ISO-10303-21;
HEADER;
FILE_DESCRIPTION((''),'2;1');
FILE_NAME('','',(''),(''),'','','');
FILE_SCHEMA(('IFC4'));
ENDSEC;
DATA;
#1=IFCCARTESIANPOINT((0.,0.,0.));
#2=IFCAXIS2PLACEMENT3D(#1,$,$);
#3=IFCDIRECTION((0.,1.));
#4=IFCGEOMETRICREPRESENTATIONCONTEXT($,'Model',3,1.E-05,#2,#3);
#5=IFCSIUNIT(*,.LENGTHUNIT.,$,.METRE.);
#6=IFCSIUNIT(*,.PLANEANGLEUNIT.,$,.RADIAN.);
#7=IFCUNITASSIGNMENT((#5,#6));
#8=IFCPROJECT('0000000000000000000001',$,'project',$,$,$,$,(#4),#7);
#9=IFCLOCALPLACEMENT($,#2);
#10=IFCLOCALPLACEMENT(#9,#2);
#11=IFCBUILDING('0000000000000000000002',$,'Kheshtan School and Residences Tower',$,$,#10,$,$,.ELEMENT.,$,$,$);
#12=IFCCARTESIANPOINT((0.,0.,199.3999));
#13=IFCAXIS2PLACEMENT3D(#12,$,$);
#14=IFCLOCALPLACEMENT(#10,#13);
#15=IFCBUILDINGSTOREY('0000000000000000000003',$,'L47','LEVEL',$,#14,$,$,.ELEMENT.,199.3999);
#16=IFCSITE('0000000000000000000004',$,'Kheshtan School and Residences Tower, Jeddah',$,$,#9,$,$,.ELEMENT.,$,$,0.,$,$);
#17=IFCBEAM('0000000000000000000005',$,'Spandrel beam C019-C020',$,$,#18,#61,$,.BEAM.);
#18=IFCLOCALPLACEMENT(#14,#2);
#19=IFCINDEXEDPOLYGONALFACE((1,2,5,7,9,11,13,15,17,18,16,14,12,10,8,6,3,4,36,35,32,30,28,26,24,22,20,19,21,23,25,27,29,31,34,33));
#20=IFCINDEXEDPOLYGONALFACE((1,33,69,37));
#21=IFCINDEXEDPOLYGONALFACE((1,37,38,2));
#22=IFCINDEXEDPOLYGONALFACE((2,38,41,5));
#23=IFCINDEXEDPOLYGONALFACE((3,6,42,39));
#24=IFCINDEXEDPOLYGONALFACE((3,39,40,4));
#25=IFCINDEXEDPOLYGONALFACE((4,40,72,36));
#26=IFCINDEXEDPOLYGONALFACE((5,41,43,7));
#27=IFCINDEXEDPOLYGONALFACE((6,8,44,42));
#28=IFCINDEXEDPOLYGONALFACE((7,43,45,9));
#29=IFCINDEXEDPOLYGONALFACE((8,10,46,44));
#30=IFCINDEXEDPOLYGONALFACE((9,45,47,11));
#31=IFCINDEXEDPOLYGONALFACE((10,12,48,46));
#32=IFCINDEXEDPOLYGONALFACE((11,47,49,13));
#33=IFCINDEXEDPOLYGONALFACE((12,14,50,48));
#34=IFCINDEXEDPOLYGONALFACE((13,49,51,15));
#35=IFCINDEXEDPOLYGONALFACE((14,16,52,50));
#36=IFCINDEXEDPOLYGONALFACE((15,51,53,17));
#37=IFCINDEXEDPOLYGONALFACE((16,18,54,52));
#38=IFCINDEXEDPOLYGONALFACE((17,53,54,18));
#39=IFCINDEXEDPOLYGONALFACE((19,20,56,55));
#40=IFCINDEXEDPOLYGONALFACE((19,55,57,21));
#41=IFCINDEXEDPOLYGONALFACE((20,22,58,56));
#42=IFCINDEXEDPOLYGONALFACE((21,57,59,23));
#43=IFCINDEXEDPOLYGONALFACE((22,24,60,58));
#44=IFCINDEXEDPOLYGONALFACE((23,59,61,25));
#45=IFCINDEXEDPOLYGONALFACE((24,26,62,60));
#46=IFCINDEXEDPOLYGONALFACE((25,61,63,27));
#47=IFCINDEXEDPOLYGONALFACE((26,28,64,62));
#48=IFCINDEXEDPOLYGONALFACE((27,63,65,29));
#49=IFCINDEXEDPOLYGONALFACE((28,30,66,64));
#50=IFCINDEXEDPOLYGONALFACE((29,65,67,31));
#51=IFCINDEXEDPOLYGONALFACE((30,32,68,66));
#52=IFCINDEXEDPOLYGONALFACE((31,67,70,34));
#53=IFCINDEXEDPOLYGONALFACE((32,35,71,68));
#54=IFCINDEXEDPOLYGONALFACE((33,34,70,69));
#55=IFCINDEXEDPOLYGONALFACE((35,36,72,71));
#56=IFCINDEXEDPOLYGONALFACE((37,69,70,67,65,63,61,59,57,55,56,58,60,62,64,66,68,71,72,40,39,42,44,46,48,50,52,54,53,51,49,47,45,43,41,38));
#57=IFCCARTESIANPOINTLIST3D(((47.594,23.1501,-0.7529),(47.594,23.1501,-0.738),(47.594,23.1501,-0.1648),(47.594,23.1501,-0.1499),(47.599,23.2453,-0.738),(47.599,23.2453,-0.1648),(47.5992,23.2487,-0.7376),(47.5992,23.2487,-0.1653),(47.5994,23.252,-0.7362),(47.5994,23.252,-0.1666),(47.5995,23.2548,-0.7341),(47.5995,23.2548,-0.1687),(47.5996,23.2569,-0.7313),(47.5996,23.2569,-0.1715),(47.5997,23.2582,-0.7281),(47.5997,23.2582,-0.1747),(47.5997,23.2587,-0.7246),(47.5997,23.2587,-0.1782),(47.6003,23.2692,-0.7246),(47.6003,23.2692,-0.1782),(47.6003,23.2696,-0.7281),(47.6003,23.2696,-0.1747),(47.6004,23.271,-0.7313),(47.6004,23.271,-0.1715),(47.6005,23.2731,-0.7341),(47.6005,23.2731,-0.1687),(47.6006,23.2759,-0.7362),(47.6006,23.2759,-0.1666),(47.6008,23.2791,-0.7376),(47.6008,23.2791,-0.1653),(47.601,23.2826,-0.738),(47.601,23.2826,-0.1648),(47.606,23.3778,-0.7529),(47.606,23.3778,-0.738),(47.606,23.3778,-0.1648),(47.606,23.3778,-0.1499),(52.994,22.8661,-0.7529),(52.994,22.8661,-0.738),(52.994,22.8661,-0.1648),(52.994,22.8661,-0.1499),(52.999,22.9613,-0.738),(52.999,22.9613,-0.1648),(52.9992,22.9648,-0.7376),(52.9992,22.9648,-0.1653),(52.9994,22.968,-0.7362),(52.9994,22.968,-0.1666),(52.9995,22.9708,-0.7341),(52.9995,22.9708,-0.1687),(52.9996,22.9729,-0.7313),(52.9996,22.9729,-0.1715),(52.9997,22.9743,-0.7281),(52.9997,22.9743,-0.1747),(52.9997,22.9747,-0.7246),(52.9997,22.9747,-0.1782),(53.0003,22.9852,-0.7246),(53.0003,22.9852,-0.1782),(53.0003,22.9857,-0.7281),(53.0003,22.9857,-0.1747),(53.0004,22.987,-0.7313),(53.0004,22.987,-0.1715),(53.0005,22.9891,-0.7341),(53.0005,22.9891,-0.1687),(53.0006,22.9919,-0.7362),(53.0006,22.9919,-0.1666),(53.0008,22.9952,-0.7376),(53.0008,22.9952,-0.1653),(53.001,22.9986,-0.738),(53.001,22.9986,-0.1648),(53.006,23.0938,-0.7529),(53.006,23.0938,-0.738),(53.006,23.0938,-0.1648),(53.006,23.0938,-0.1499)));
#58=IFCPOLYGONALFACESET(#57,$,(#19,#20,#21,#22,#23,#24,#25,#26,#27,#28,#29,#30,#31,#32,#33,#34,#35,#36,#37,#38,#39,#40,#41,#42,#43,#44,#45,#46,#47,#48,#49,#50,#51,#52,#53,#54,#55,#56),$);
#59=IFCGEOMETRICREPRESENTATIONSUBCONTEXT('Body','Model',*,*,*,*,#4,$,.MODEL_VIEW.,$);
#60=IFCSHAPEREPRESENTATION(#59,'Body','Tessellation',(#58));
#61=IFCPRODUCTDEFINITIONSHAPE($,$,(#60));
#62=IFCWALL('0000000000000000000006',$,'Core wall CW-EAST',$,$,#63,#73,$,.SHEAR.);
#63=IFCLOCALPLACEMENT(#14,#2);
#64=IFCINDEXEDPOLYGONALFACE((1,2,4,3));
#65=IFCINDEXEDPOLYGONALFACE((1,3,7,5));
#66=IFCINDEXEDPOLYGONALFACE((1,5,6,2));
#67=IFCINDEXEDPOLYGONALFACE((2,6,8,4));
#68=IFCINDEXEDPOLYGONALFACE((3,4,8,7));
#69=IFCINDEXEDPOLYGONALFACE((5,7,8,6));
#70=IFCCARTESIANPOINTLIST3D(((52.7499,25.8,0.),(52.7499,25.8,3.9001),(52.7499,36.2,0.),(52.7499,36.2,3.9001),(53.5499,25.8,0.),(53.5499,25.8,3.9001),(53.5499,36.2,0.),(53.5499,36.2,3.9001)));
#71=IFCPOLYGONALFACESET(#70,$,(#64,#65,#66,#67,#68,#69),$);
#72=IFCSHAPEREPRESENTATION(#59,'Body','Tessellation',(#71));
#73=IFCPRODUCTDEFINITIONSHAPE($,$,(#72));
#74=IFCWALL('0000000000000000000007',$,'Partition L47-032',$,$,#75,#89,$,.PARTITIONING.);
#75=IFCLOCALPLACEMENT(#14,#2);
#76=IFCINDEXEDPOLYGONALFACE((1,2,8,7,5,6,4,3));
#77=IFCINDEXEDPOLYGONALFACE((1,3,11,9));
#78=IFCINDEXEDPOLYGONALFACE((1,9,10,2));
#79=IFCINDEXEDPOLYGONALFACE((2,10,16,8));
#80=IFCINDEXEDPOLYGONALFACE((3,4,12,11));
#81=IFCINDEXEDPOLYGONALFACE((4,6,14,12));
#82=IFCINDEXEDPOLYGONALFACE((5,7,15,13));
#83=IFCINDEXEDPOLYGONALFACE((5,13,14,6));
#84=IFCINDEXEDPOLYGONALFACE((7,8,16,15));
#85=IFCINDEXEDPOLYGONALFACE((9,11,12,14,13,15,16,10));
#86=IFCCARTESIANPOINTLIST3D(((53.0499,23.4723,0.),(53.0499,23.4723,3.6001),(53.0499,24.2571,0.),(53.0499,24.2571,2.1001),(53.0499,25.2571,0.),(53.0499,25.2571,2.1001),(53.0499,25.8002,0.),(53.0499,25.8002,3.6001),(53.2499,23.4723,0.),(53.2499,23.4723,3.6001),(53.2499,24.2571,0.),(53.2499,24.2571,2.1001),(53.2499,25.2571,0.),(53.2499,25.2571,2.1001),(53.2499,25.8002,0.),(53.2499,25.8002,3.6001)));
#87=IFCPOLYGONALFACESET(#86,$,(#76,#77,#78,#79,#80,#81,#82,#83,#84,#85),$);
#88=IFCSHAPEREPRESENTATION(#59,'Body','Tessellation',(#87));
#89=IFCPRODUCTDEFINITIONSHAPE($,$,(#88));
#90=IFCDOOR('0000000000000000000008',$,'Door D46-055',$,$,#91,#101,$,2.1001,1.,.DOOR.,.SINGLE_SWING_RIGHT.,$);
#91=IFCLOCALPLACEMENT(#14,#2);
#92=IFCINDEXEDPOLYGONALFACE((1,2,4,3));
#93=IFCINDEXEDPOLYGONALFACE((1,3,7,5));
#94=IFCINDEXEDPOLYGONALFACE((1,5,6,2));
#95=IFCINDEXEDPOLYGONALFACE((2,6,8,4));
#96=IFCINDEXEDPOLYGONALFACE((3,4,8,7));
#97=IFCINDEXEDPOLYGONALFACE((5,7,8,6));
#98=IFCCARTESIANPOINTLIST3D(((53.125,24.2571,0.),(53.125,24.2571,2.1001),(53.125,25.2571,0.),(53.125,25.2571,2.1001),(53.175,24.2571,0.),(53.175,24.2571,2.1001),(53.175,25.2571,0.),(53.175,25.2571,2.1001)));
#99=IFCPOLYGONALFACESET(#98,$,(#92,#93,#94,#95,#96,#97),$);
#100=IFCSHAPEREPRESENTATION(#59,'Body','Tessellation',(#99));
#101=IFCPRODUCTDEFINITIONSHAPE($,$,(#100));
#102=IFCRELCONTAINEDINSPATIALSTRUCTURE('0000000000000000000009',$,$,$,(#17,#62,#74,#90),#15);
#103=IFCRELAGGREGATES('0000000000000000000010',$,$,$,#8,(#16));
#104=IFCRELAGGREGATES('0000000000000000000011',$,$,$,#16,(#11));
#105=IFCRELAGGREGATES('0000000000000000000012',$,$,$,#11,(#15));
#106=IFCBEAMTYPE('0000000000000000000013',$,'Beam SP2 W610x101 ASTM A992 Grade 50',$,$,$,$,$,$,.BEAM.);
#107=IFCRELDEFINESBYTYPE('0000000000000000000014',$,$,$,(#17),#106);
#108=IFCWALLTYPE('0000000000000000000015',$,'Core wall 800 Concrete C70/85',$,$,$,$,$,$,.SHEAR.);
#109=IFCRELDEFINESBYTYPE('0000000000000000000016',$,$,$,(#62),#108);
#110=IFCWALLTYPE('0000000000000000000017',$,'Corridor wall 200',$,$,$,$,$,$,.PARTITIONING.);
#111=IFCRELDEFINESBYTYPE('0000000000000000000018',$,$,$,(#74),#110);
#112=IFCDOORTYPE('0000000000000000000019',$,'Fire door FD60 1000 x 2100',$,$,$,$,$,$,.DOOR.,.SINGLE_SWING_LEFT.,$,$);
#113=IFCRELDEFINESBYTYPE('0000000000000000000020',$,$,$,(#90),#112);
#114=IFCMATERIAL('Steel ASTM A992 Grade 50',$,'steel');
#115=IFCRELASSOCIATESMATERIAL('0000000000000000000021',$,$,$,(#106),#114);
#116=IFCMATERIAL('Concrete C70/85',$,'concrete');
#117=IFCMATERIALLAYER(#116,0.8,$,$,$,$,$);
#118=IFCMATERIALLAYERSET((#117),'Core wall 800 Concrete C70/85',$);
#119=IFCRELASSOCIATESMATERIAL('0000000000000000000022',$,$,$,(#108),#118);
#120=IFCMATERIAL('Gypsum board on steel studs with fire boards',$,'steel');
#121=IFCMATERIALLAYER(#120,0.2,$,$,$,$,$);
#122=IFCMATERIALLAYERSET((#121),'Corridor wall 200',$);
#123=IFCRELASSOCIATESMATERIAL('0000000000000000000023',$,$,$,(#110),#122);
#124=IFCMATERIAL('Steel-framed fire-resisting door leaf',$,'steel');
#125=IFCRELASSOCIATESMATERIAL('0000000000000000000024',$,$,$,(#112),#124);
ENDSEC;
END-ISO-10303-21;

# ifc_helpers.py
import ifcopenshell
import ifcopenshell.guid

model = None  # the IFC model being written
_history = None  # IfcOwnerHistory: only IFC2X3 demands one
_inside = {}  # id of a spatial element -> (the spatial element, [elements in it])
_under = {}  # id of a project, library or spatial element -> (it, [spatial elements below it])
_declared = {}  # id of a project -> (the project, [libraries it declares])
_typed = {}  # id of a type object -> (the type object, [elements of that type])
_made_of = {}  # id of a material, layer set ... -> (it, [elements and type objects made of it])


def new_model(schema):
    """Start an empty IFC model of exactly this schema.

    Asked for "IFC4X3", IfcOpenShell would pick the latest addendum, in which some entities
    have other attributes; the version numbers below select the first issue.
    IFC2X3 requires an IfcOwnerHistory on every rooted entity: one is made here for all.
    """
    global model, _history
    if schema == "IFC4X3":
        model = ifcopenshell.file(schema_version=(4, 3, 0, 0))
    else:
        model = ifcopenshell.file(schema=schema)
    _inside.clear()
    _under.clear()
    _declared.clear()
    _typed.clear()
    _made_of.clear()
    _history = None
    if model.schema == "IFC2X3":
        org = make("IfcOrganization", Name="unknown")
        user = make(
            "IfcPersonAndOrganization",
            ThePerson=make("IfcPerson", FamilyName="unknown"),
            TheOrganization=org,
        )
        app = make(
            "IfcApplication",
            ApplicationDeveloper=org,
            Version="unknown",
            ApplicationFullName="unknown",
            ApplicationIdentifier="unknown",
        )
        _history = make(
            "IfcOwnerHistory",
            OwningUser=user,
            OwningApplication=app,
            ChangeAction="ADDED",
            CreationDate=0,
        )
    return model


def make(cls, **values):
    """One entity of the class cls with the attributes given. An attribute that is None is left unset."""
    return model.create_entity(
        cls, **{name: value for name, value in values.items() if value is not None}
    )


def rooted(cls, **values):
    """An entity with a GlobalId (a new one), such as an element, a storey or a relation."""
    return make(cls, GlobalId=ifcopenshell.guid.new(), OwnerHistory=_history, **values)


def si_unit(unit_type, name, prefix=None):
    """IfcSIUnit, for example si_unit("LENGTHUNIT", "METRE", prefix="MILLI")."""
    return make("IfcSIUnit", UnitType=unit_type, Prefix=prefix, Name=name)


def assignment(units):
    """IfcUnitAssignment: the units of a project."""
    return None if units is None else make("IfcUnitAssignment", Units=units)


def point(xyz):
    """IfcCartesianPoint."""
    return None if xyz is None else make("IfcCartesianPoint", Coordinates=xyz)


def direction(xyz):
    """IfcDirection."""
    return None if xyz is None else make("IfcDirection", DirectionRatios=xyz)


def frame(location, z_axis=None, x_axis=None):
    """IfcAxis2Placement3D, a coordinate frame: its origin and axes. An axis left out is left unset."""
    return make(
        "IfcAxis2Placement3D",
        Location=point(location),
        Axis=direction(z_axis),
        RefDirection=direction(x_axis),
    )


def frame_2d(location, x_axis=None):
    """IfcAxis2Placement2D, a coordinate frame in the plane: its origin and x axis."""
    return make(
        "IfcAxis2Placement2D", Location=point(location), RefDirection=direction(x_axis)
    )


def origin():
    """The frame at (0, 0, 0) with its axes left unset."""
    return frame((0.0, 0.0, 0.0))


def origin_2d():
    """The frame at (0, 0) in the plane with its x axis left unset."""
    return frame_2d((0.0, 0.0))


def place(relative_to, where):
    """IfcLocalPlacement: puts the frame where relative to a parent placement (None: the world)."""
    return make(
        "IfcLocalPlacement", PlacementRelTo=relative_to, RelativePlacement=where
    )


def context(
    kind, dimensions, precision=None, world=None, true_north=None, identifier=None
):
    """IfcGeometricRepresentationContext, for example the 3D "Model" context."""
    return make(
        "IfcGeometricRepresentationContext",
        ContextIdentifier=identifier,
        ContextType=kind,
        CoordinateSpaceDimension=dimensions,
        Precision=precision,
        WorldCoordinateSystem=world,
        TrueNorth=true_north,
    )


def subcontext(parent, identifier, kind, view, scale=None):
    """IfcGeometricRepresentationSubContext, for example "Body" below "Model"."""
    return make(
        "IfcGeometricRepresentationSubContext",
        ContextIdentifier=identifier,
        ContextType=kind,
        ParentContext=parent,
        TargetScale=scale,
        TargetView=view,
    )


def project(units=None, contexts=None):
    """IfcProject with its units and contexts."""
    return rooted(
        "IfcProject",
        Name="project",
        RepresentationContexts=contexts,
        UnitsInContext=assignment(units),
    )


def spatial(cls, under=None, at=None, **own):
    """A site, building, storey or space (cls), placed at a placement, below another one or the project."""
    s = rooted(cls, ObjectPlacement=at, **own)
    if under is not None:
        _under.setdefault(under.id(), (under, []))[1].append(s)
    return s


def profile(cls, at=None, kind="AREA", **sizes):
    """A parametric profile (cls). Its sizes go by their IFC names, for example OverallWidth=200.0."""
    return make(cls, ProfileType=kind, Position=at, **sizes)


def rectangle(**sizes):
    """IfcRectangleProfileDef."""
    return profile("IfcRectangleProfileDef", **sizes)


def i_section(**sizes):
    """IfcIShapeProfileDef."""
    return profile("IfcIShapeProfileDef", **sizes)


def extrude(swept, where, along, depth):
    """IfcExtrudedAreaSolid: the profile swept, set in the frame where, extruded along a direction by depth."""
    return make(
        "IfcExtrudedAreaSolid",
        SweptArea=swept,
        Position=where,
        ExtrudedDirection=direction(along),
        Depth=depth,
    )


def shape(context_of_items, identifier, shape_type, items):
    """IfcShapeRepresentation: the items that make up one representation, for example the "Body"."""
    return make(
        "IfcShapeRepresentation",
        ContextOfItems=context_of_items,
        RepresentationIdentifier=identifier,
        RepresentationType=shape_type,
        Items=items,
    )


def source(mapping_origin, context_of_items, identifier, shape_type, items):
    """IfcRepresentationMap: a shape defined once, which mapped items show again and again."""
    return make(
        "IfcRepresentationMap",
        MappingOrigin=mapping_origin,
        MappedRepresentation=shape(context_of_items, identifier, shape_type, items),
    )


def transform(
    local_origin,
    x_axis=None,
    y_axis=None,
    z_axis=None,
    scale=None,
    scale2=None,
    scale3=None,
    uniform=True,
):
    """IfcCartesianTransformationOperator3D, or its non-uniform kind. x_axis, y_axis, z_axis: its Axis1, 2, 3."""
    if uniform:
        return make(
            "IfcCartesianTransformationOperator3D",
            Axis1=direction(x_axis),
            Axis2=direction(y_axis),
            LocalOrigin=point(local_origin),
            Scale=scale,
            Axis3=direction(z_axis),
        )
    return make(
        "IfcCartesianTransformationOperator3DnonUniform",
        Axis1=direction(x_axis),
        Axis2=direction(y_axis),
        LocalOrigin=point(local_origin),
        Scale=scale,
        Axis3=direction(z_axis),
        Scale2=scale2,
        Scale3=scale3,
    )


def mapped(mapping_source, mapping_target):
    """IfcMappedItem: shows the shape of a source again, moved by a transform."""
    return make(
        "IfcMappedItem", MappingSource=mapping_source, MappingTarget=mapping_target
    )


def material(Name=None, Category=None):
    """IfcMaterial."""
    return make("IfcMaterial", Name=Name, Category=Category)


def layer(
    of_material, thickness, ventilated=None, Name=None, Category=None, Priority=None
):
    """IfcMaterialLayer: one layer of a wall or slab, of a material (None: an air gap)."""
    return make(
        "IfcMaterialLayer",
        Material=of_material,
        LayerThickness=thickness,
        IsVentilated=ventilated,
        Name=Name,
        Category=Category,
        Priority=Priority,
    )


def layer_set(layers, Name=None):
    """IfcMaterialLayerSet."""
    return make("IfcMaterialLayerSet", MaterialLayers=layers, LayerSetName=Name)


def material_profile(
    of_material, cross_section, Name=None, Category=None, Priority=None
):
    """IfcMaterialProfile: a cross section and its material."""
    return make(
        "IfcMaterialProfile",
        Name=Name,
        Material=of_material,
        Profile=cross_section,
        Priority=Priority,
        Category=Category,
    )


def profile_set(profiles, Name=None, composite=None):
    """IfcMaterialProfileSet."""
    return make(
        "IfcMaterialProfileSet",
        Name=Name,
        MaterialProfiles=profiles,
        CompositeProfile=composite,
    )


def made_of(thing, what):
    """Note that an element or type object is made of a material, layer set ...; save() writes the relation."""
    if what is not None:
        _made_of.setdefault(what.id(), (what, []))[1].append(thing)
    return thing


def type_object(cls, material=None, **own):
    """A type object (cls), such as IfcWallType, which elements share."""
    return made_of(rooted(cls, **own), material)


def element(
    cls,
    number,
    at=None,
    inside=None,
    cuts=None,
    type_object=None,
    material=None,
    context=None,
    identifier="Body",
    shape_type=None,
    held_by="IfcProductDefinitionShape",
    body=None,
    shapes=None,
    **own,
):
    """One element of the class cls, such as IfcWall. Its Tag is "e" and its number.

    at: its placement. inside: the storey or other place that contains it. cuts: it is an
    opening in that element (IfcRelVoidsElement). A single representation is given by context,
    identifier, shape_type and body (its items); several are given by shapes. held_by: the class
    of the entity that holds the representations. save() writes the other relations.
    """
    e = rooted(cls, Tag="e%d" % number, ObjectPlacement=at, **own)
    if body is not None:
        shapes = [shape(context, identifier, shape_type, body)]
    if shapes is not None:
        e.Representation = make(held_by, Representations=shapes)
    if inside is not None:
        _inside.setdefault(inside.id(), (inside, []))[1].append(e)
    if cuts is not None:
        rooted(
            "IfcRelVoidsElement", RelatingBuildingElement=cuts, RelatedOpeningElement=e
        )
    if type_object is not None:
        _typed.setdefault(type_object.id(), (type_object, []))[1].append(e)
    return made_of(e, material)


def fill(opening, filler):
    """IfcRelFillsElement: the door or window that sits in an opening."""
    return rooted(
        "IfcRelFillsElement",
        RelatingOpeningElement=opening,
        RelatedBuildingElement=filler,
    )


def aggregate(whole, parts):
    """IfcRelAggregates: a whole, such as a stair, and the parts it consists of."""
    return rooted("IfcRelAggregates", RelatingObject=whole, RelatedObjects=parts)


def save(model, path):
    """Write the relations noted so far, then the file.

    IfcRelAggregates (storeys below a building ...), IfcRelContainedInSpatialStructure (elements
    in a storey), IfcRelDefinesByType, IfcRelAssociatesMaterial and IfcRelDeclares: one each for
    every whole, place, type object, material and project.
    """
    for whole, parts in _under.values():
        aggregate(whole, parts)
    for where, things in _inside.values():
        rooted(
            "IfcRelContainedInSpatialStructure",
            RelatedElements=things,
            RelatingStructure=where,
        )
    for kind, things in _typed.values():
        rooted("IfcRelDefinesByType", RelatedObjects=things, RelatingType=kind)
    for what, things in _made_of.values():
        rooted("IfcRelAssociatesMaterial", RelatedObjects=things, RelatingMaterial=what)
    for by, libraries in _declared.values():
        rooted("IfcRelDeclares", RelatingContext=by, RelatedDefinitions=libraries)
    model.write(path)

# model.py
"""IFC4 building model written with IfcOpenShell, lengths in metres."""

from ifc_helpers import new_model, si_unit, direction, frame, frame_2d, origin, origin_2d, place, context, subcontext, project, spatial, rectangle, i_section, extrude, source, transform, mapped, material, layer, layer_set, material_profile, profile_set, type_object, element, fill, save


model = new_model("IFC4")

# Units and contexts
model_context = context("Model", 3, precision=1e-05, world=origin(), true_north=direction((0.0, 1.0)))
body_context = subcontext(model_context, "Body", "Model", "MODEL_VIEW")
ifc_project = project(units=[si_unit("LENGTHUNIT", "METRE"), si_unit("PLANEANGLEUNIT", "RADIAN")], contexts=[model_context])

# Site, building, storey
site_placement = place(None, origin())
site = spatial("IfcSite", under=ifc_project, at=site_placement, Name="Kheshtan School and Residences Tower, Jeddah", CompositionType="ELEMENT", RefElevation=0.0)
building_placement = place(site_placement, origin())
building = spatial("IfcBuilding", under=site, at=building_placement, Name="Kheshtan School and Residences Tower", CompositionType="ELEMENT")
storey_placement = place(building_placement, frame((0.0, 0.0, 199.3999)))
storey = spatial("IfcBuildingStorey", under=building, at=storey_placement, Name="L47", Description="LEVEL", CompositionType="ELEMENT", Elevation=199.3999)

# Shared definitions
ifc_material_1 = material(Name="Steel ASTM A992 Grade 50", Category="steel")

# Beam
ifc_material_profile_1 = material_profile(ifc_material_1, i_section(OverallWidth=0.228, OverallDepth=0.603, WebThickness=0.0105, FlangeThickness=0.0149, FilletRadius=0.0134, at=origin_2d()), Name="W610x101")
ifc_profile_set_1 = profile_set([ifc_material_profile_1], Name="Steel ASTM A992 Grade 50")
beam_type_1 = type_object("IfcBeamType", Name="Beam SP2 W610x101 ASTM A992 Grade 50", PredefinedType="BEAM", material=ifc_profile_set_1)
for number, where, z_axis, x_axis, name in (
    (1, (53.0, 22.98, -0.4514), (-0.99862, 0.052509, 0.0), (-0.052509, -0.99862, 0.0), "Spandrel beam C019-C020"),
):
    element("IfcBeam", number, at=place(storey_placement, frame(where, z_axis=z_axis, x_axis=x_axis)), inside=storey, type_object=beam_type_1, Name=name, PredefinedType="BEAM", context=body_context, shape_type="SweptSolid", body=[
        extrude(i_section(OverallWidth=0.228, OverallDepth=0.603, WebThickness=0.0105, FlangeThickness=0.0149, FilletRadius=0.0134, at=origin_2d()), origin(), (0.0, 0.0, 1.0), 5.4075),
    ])

# Wall
ifc_material_2 = material(Name="Concrete C70/85", Category="concrete")
ifc_layer_1 = layer(ifc_material_2, 0.8)
ifc_layer_set_1 = layer_set([ifc_layer_1], Name="Core wall 800 Concrete C70/85")
wall_type_1 = type_object("IfcWallType", Name="Core wall 800 Concrete C70/85", PredefinedType="SHEAR", material=ifc_layer_set_1)
wall_1_placement = place(storey_placement, frame((53.1499, 25.8, 0.0), z_axis=(0.0, 0.0, 1.0), x_axis=(0.0, 1.0, 0.0)))
element("IfcWall", 2, at=wall_1_placement, inside=storey, type_object=wall_type_1, Name="Core wall CW-EAST", PredefinedType="SHEAR", context=body_context, shape_type="SweptSolid", body=[
    extrude(rectangle(XDim=10.3999, YDim=0.8, at=frame_2d((5.2, 0.0))), origin(), (0.0, 0.0, 1.0), 3.9001),
])

# Wall, opening, door
ifc_material_3 = material(Name="Gypsum board on steel studs with fire boards", Category="steel")
ifc_layer_2 = layer(ifc_material_3, 0.2)
ifc_layer_set_2 = layer_set([ifc_layer_2], Name="Corridor wall 200")
wall_type_2 = type_object("IfcWallType", Name="Corridor wall 200", PredefinedType="PARTITIONING", material=ifc_layer_set_2)
wall_2_placement = place(storey_placement, frame((53.1499, 23.4722, 0.0), z_axis=(0.0, 0.0, 1.0), x_axis=(0.0, 1.0, 0.0)))
wall_2 = element("IfcWall", 3, at=wall_2_placement, inside=storey, type_object=wall_type_2, Name="Partition L47-032", PredefinedType="PARTITIONING", context=body_context, shape_type="SweptSolid", body=[
    extrude(rectangle(XDim=2.3279, YDim=0.2, at=frame_2d((1.1641, 0.0))), origin(), (0.0, 0.0, 1.0), 3.6001),
])
opening_1_placement = place(wall_2_placement, frame((0.7849, 0.0, 0.0)))
opening_1 = element("IfcOpeningElement", 4, at=opening_1_placement, cuts=wall_2, PredefinedType="OPENING", context=body_context, shape_type="SweptSolid", body=[
    extrude(rectangle(XDim=1.0, YDim=2.1001, at=frame_2d((0.5, 1.05))), frame((0.0, 0.1099, 0.0), z_axis=(0.0, -1.0, 0.0), x_axis=(1.0, 0.0, 0.0)), (0.0, 0.0, 1.0), 0.22),
])
ifc_material_4 = material(Name="Steel-framed fire-resisting door leaf", Category="steel")
door_type_1 = type_object("IfcDoorType", Name="Fire door FD60 1000 x 2100", OperationType="SINGLE_SWING_LEFT", PredefinedType="DOOR", material=ifc_material_4)
shared_shape_1 = source(origin(), body_context, "Body", "SweptSolid", [
    extrude(rectangle(XDim=1.0, YDim=2.1001, at=frame_2d((0.5, 1.05))), frame((0.0, 0.0249, 0.0), z_axis=(0.0, -1.0, 0.0), x_axis=(1.0, 0.0, 0.0)), (0.0, 0.0, 1.0), 0.05),
])
door_1_placement = place(opening_1_placement, origin())
door_1 = element("IfcDoor", 5, at=door_1_placement, inside=storey, type_object=door_type_1, Name="Door D46-055", OperationType="SINGLE_SWING_RIGHT", OverallHeight=2.1001, OverallWidth=1.0, PredefinedType="DOOR", context=body_context, shape_type="MappedRepresentation", body=[
    mapped(shared_shape_1, transform((0.0, 0.0, 0.0), x_axis=(1.0, 0.0, 0.0), y_axis=(0.0, 1.0, 0.0), z_axis=(0.0, 0.0, 1.0), scale=1.0)),
])
fill(opening_1, door_1)

save(model, "model.ifc")
